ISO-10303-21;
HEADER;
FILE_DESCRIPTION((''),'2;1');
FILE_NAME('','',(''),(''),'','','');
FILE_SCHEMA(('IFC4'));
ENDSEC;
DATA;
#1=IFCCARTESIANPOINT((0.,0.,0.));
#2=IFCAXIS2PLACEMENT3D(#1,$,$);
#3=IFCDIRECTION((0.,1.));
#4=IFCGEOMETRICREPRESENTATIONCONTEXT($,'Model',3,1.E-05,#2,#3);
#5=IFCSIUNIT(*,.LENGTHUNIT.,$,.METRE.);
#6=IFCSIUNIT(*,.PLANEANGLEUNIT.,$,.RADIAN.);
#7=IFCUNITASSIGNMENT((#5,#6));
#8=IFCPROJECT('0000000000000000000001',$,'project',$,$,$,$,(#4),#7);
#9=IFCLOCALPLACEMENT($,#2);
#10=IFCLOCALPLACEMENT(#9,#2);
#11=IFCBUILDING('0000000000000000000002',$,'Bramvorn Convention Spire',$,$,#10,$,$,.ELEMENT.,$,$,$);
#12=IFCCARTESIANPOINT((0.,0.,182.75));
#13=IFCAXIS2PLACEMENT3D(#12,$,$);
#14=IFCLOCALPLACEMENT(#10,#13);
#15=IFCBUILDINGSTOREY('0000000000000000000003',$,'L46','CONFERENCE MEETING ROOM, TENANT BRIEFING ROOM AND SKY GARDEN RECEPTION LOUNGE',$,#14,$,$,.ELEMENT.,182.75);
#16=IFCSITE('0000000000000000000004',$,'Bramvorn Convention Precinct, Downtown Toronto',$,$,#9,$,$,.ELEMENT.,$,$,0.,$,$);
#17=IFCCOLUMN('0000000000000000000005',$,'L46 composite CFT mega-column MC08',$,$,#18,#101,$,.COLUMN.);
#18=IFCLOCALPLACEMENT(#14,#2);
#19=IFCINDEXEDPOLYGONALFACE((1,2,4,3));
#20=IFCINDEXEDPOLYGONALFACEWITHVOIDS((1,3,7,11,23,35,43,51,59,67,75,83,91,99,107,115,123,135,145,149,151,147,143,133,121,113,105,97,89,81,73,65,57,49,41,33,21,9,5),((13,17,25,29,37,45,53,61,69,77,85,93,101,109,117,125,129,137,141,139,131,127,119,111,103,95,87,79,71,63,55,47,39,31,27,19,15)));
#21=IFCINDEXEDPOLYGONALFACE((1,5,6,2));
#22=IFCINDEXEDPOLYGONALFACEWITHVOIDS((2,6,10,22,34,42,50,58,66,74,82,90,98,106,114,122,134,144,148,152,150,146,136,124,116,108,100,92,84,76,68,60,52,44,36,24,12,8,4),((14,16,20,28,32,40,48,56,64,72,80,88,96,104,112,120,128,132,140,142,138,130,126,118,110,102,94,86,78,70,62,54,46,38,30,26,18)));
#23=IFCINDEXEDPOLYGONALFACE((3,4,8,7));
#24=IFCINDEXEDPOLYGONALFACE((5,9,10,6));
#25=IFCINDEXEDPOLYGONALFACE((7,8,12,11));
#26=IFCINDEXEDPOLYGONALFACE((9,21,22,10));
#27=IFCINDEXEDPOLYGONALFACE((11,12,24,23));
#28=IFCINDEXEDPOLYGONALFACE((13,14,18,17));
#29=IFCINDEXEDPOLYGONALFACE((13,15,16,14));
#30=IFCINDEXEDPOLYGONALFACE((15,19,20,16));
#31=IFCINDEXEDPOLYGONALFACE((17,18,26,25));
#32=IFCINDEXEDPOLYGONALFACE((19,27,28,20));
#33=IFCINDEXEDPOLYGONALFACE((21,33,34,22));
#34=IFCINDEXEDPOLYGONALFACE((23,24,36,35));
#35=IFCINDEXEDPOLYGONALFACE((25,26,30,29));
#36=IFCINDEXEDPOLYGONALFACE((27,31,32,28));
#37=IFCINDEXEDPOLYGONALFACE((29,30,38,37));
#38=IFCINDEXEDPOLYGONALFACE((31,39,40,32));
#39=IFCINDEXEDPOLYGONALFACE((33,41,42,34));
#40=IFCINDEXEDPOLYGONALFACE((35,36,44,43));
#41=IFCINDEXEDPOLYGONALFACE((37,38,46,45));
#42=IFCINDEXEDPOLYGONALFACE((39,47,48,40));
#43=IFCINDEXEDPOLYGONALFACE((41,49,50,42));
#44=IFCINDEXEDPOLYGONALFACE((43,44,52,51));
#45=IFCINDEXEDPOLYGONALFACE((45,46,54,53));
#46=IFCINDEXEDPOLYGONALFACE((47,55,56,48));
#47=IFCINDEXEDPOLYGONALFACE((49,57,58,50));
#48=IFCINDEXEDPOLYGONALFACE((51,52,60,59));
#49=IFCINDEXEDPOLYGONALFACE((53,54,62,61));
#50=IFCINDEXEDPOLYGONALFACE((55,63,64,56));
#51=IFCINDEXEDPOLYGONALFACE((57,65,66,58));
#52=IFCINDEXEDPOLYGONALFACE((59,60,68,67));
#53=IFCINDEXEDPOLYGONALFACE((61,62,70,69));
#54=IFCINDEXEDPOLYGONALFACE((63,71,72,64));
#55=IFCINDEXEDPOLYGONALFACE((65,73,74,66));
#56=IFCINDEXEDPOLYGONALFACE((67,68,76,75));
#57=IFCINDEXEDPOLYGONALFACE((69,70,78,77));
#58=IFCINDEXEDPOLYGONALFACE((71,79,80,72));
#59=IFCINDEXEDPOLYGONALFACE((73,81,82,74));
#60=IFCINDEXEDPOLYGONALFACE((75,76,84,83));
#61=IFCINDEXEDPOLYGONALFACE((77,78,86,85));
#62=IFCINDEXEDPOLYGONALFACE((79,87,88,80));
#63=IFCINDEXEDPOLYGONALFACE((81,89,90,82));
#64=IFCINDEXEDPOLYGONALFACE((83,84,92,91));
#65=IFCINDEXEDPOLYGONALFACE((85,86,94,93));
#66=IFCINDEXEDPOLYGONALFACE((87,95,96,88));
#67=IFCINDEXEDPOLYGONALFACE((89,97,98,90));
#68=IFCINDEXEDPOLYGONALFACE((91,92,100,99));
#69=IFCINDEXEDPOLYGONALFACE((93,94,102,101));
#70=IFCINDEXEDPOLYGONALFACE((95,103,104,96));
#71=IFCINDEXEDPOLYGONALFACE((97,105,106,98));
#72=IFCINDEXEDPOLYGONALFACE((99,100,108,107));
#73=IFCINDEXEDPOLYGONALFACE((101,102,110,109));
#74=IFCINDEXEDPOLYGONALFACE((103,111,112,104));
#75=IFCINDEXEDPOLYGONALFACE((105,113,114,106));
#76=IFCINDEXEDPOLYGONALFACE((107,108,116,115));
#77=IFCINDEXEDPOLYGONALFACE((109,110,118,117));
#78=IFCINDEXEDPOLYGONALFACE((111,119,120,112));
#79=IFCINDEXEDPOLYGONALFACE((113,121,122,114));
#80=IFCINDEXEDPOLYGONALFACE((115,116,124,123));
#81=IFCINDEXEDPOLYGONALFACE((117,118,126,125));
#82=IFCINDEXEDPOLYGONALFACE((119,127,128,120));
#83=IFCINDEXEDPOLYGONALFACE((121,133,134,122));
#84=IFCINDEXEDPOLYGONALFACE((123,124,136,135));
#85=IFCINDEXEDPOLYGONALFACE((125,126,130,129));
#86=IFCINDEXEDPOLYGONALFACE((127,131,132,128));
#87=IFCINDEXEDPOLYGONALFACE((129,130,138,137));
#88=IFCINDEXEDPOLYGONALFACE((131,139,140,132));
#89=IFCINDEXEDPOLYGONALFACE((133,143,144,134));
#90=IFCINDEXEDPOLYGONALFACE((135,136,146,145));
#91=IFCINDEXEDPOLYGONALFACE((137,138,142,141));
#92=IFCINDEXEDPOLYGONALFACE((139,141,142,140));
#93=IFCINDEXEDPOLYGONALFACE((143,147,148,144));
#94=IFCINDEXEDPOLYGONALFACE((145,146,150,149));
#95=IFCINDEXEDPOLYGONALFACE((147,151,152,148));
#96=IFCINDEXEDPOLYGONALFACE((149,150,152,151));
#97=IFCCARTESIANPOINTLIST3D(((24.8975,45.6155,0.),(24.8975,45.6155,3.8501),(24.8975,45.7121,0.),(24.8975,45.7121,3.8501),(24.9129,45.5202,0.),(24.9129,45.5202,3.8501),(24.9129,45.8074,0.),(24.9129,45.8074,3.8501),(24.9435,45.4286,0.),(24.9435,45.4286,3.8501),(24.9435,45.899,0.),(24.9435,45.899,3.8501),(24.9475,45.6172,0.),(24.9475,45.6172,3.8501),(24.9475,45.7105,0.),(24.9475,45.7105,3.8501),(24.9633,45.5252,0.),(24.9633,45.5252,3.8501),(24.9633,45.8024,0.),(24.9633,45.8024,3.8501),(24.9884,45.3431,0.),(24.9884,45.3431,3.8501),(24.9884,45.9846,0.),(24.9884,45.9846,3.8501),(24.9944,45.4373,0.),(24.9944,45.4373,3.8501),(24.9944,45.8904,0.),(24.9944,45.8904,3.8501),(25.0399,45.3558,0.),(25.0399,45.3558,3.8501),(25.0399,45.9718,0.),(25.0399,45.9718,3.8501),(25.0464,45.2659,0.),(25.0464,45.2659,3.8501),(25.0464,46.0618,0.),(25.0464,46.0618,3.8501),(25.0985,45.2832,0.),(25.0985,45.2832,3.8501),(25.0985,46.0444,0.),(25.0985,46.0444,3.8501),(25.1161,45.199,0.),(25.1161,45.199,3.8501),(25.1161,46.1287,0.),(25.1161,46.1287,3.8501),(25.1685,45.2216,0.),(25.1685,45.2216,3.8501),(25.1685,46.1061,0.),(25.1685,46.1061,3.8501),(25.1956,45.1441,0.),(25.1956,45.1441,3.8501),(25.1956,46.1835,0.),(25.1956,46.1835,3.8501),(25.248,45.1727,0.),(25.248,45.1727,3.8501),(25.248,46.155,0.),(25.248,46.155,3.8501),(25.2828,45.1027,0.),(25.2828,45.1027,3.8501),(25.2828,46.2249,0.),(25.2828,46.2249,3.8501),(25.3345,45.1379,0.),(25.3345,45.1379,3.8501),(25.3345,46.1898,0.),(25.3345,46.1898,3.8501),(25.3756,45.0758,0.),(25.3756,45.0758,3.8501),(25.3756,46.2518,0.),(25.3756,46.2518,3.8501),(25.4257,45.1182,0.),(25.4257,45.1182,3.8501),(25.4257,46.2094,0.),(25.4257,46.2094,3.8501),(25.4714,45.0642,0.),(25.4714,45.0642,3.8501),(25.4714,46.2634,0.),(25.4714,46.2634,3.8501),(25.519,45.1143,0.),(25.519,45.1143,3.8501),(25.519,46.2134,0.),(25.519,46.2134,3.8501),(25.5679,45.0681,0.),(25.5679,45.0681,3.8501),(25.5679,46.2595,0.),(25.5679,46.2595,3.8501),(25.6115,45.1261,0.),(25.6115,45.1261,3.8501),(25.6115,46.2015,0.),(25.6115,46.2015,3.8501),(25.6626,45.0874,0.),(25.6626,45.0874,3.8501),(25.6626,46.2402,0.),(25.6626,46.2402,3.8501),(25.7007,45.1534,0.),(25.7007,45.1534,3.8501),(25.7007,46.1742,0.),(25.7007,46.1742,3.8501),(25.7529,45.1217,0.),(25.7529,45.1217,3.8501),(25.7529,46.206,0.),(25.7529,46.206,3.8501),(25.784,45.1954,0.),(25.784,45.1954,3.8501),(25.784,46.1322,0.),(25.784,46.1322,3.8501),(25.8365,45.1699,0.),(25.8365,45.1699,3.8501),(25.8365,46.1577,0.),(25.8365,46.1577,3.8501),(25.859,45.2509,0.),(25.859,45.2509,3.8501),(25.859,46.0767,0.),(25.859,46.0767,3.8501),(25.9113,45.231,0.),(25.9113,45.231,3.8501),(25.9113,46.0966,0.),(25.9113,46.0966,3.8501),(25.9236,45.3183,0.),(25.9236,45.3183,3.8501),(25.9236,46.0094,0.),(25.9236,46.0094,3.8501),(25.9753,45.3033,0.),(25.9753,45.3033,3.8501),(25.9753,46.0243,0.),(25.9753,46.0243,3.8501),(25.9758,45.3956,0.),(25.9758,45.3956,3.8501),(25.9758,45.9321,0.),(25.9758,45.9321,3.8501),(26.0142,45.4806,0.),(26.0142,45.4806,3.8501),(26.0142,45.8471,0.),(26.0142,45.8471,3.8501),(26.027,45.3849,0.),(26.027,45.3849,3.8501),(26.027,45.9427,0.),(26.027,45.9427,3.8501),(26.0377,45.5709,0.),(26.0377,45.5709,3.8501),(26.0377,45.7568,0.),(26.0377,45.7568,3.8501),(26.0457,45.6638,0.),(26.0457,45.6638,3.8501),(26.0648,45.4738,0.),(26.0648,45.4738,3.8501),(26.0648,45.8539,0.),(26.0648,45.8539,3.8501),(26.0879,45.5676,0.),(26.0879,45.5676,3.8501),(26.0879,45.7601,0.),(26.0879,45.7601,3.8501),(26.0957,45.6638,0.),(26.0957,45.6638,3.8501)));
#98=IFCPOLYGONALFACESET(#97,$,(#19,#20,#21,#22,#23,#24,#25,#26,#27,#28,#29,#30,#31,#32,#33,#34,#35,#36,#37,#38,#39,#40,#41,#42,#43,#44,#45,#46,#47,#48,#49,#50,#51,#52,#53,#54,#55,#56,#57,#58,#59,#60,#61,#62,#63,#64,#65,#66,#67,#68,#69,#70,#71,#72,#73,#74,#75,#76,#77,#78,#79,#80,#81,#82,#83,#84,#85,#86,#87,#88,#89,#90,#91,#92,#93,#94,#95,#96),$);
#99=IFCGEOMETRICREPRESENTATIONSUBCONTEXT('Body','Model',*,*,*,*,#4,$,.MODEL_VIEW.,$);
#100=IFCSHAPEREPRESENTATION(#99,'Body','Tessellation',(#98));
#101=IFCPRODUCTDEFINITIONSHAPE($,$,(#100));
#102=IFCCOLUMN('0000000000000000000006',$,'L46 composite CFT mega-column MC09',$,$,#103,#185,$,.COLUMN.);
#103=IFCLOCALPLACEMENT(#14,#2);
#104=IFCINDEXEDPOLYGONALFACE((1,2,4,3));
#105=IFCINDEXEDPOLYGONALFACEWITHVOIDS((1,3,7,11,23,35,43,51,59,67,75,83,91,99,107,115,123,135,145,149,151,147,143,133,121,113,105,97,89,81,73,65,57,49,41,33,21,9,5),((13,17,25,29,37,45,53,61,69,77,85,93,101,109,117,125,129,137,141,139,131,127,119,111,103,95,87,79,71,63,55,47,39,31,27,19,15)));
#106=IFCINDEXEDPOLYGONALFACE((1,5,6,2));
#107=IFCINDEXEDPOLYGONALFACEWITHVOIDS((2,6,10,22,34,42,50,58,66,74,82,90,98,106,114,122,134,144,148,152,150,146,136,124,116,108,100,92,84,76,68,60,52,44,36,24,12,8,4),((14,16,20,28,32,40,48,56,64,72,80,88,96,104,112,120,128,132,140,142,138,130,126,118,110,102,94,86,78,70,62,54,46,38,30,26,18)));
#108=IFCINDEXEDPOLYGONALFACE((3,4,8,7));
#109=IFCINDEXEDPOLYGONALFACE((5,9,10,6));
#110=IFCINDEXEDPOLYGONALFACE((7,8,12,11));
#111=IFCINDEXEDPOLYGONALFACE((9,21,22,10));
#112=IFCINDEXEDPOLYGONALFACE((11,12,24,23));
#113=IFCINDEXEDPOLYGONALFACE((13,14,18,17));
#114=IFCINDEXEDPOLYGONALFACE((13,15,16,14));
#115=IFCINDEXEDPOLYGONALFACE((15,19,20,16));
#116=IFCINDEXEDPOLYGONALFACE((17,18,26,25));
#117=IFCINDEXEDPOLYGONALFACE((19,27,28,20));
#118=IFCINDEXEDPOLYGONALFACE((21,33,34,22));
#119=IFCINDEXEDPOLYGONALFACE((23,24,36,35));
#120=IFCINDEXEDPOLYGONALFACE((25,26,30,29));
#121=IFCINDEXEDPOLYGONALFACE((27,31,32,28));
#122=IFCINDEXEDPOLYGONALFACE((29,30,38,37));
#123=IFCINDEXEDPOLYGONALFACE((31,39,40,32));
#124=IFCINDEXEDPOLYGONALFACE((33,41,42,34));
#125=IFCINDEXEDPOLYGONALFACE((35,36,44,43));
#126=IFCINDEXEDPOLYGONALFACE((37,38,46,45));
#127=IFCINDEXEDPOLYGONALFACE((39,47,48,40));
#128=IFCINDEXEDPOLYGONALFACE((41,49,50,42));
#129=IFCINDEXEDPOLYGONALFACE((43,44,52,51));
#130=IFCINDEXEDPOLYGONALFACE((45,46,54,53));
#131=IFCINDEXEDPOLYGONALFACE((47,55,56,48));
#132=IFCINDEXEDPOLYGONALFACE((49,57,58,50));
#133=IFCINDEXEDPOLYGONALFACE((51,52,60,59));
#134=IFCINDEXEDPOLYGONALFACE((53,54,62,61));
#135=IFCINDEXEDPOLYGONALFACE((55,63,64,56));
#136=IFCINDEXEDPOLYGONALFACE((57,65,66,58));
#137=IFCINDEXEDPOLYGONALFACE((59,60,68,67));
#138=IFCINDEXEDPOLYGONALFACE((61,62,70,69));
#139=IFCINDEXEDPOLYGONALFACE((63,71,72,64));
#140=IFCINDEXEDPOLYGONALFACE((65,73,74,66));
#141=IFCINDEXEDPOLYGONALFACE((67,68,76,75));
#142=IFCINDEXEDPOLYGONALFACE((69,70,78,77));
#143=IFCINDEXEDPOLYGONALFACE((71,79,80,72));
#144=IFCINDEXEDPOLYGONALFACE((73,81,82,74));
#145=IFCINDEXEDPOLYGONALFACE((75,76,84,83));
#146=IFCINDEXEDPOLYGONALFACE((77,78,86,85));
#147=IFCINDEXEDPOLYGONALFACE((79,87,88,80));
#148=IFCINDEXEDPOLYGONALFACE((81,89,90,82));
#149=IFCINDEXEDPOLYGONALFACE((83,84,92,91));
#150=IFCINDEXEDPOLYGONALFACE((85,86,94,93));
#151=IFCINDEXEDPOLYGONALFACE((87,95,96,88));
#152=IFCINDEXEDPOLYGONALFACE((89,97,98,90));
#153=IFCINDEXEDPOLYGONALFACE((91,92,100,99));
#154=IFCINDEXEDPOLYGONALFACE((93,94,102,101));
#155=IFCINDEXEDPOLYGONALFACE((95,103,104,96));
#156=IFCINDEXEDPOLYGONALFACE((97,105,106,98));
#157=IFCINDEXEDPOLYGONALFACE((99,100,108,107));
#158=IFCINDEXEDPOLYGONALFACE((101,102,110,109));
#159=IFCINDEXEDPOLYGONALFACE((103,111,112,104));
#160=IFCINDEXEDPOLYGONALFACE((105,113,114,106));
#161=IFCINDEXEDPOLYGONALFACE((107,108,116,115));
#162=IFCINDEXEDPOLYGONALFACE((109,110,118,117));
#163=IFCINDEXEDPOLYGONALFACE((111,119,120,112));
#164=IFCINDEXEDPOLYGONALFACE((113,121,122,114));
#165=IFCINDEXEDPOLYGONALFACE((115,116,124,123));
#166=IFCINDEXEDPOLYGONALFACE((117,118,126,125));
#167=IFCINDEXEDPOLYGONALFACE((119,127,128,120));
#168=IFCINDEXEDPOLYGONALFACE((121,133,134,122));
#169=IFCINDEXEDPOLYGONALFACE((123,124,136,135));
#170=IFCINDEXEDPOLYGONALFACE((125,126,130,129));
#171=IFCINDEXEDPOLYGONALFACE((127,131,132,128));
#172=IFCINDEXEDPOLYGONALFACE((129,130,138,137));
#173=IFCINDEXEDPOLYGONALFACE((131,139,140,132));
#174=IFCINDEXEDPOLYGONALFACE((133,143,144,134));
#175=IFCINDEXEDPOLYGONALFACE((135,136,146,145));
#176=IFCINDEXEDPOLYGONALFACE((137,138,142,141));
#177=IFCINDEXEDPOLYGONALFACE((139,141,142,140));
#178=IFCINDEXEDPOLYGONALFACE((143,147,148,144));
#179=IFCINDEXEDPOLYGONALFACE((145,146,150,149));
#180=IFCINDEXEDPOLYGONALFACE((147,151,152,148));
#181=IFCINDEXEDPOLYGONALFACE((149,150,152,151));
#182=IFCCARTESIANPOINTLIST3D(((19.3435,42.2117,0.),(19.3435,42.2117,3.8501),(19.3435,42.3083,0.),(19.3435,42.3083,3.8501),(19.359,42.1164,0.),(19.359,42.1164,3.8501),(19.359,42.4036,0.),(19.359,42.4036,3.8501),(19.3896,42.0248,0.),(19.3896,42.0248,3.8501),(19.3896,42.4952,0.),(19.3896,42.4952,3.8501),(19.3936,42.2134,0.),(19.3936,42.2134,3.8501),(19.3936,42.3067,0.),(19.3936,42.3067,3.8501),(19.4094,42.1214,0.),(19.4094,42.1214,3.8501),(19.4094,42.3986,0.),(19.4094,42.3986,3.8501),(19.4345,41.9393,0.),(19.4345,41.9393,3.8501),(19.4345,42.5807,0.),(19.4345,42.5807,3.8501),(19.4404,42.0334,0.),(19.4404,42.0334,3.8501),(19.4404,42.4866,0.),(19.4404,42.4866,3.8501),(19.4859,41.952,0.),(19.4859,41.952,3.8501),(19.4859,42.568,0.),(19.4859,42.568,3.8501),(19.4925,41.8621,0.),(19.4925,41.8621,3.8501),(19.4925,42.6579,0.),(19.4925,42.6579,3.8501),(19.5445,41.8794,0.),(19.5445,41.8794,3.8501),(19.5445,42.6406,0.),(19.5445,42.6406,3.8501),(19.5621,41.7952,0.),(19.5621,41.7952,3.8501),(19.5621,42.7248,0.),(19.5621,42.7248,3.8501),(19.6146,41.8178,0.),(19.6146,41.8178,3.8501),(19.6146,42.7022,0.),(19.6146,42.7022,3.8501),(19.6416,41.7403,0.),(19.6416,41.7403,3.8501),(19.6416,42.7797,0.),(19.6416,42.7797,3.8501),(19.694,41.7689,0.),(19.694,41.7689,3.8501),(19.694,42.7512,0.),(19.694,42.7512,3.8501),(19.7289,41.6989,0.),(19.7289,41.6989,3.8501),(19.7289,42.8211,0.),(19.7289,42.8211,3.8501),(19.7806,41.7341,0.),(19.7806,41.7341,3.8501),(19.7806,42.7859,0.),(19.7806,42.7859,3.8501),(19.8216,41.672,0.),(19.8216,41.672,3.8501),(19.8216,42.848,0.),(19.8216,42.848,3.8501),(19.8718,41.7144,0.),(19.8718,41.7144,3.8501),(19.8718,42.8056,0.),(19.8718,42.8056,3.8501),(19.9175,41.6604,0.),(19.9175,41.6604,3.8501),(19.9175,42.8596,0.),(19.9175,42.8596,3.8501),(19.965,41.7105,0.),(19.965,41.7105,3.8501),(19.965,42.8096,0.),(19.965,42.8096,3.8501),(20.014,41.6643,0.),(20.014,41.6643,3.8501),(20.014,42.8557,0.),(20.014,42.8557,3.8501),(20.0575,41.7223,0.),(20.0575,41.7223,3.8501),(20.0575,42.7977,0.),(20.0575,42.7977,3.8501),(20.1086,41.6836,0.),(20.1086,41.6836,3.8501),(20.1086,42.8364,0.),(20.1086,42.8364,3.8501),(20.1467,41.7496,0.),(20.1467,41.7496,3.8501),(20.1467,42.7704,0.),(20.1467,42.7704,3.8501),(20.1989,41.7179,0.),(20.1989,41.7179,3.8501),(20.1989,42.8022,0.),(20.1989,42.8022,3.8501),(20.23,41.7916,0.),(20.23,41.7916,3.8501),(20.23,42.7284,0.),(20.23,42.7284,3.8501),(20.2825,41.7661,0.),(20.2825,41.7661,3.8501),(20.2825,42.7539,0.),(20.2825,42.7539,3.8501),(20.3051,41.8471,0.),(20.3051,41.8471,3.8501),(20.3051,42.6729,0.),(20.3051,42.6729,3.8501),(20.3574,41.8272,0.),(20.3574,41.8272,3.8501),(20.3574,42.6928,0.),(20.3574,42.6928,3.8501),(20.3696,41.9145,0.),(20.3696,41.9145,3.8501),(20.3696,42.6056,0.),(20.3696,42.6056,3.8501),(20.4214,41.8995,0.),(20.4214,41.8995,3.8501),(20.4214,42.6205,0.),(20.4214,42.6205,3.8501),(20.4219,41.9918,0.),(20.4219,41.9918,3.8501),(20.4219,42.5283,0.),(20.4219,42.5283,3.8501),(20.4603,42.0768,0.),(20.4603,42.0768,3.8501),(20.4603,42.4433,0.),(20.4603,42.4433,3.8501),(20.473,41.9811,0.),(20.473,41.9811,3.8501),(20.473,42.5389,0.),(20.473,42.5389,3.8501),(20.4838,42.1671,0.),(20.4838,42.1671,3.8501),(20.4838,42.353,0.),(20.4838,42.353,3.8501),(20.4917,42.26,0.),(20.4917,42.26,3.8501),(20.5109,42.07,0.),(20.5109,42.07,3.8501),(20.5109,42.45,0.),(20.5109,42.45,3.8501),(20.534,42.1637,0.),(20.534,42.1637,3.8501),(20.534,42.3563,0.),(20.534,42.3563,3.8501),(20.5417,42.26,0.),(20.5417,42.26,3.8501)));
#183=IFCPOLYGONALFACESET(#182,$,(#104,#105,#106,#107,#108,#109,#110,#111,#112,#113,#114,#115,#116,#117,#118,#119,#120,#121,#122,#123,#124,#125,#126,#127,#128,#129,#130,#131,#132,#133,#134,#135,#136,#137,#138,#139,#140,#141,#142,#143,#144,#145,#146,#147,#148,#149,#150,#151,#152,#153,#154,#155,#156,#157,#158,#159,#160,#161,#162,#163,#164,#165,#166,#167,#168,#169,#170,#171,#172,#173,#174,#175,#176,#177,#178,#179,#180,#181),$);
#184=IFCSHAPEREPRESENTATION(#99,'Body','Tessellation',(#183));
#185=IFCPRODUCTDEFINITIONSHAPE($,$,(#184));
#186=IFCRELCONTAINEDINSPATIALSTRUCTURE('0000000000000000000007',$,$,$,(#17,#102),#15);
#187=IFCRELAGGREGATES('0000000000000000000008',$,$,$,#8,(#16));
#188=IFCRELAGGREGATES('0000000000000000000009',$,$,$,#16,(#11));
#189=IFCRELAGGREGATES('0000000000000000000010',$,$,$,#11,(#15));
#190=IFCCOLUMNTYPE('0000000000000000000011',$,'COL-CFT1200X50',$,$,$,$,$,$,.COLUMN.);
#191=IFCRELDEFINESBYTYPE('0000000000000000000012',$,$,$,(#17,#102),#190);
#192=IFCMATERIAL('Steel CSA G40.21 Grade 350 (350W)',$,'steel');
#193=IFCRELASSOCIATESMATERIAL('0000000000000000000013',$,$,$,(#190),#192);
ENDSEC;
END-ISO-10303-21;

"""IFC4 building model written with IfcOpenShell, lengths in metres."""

from ifc_helpers import new_model, si_unit, direction, frame, origin, origin_2d, place, context, subcontext, project, spatial, hollow_circle, extrude, material, material_profile, profile_set, type_object, element, save


model = new_model("IFC4")

# Units and contexts
model_context = context("Model", 3, precision=1e-05, world=origin(), true_north=direction((0.0, 1.0)))
body_context = subcontext(model_context, "Body", "Model", "MODEL_VIEW")
ifc_project = project(units=[si_unit("LENGTHUNIT", "METRE"), si_unit("PLANEANGLEUNIT", "RADIAN")], contexts=[model_context])

# Site, building, storey
site_placement = place(None, origin())
site = spatial("IfcSite", under=ifc_project, at=site_placement, Name="Bramvorn Convention Precinct, Downtown Toronto", CompositionType="ELEMENT", RefElevation=0.0)
building_placement = place(site_placement, origin())
building = spatial("IfcBuilding", under=site, at=building_placement, Name="Bramvorn Convention Spire", CompositionType="ELEMENT")
storey_placement = place(building_placement, frame((0.0, 0.0, 182.75)))
storey = spatial("IfcBuildingStorey", under=building, at=storey_placement, Name="L46", Description="CONFERENCE MEETING ROOM, TENANT BRIEFING ROOM AND SKY GARDEN RECEPTION LOUNGE", CompositionType="ELEMENT", Elevation=182.75)

# Columns
ifc_material_1 = material(Name="Steel CSA G40.21 Grade 350 (350W)", Category="steel")
ifc_material_profile_1 = material_profile(ifc_material_1, hollow_circle(Radius=0.6001, WallThickness=0.05, at=origin_2d()))
ifc_profile_set_1 = profile_set([ifc_material_profile_1], Name="Steel CSA G40.21 Grade 350 (350W) - CFT1200X50")
column_type = type_object("IfcColumnType", Name="COL-CFT1200X50", PredefinedType="COLUMN", material=ifc_profile_set_1)
for number, where, z_axis, x_axis, name in (
    (1, (25.4956, 45.6638, 0.0), (0.0, 0.0, 1.0), (1.0, 0.0, 0.0), "L46 composite CFT mega-column MC08"),
    (2, (19.9417, 42.26, 0.0), (0.0, 0.0, 1.0), (1.0, 0.0, 0.0), "L46 composite CFT mega-column MC09"),
):
    element("IfcColumn", number, at=place(storey_placement, frame(where, z_axis=z_axis, x_axis=x_axis)), inside=storey, type_object=column_type, Name=name, PredefinedType="COLUMN", context=body_context, shape_type="SweptSolid", body=[
        extrude(hollow_circle(Radius=0.6001, WallThickness=0.05, at=origin_2d()), origin(), (0.0, 0.0, 1.0), 3.8501),
    ])

save(model, "model.ifc")
